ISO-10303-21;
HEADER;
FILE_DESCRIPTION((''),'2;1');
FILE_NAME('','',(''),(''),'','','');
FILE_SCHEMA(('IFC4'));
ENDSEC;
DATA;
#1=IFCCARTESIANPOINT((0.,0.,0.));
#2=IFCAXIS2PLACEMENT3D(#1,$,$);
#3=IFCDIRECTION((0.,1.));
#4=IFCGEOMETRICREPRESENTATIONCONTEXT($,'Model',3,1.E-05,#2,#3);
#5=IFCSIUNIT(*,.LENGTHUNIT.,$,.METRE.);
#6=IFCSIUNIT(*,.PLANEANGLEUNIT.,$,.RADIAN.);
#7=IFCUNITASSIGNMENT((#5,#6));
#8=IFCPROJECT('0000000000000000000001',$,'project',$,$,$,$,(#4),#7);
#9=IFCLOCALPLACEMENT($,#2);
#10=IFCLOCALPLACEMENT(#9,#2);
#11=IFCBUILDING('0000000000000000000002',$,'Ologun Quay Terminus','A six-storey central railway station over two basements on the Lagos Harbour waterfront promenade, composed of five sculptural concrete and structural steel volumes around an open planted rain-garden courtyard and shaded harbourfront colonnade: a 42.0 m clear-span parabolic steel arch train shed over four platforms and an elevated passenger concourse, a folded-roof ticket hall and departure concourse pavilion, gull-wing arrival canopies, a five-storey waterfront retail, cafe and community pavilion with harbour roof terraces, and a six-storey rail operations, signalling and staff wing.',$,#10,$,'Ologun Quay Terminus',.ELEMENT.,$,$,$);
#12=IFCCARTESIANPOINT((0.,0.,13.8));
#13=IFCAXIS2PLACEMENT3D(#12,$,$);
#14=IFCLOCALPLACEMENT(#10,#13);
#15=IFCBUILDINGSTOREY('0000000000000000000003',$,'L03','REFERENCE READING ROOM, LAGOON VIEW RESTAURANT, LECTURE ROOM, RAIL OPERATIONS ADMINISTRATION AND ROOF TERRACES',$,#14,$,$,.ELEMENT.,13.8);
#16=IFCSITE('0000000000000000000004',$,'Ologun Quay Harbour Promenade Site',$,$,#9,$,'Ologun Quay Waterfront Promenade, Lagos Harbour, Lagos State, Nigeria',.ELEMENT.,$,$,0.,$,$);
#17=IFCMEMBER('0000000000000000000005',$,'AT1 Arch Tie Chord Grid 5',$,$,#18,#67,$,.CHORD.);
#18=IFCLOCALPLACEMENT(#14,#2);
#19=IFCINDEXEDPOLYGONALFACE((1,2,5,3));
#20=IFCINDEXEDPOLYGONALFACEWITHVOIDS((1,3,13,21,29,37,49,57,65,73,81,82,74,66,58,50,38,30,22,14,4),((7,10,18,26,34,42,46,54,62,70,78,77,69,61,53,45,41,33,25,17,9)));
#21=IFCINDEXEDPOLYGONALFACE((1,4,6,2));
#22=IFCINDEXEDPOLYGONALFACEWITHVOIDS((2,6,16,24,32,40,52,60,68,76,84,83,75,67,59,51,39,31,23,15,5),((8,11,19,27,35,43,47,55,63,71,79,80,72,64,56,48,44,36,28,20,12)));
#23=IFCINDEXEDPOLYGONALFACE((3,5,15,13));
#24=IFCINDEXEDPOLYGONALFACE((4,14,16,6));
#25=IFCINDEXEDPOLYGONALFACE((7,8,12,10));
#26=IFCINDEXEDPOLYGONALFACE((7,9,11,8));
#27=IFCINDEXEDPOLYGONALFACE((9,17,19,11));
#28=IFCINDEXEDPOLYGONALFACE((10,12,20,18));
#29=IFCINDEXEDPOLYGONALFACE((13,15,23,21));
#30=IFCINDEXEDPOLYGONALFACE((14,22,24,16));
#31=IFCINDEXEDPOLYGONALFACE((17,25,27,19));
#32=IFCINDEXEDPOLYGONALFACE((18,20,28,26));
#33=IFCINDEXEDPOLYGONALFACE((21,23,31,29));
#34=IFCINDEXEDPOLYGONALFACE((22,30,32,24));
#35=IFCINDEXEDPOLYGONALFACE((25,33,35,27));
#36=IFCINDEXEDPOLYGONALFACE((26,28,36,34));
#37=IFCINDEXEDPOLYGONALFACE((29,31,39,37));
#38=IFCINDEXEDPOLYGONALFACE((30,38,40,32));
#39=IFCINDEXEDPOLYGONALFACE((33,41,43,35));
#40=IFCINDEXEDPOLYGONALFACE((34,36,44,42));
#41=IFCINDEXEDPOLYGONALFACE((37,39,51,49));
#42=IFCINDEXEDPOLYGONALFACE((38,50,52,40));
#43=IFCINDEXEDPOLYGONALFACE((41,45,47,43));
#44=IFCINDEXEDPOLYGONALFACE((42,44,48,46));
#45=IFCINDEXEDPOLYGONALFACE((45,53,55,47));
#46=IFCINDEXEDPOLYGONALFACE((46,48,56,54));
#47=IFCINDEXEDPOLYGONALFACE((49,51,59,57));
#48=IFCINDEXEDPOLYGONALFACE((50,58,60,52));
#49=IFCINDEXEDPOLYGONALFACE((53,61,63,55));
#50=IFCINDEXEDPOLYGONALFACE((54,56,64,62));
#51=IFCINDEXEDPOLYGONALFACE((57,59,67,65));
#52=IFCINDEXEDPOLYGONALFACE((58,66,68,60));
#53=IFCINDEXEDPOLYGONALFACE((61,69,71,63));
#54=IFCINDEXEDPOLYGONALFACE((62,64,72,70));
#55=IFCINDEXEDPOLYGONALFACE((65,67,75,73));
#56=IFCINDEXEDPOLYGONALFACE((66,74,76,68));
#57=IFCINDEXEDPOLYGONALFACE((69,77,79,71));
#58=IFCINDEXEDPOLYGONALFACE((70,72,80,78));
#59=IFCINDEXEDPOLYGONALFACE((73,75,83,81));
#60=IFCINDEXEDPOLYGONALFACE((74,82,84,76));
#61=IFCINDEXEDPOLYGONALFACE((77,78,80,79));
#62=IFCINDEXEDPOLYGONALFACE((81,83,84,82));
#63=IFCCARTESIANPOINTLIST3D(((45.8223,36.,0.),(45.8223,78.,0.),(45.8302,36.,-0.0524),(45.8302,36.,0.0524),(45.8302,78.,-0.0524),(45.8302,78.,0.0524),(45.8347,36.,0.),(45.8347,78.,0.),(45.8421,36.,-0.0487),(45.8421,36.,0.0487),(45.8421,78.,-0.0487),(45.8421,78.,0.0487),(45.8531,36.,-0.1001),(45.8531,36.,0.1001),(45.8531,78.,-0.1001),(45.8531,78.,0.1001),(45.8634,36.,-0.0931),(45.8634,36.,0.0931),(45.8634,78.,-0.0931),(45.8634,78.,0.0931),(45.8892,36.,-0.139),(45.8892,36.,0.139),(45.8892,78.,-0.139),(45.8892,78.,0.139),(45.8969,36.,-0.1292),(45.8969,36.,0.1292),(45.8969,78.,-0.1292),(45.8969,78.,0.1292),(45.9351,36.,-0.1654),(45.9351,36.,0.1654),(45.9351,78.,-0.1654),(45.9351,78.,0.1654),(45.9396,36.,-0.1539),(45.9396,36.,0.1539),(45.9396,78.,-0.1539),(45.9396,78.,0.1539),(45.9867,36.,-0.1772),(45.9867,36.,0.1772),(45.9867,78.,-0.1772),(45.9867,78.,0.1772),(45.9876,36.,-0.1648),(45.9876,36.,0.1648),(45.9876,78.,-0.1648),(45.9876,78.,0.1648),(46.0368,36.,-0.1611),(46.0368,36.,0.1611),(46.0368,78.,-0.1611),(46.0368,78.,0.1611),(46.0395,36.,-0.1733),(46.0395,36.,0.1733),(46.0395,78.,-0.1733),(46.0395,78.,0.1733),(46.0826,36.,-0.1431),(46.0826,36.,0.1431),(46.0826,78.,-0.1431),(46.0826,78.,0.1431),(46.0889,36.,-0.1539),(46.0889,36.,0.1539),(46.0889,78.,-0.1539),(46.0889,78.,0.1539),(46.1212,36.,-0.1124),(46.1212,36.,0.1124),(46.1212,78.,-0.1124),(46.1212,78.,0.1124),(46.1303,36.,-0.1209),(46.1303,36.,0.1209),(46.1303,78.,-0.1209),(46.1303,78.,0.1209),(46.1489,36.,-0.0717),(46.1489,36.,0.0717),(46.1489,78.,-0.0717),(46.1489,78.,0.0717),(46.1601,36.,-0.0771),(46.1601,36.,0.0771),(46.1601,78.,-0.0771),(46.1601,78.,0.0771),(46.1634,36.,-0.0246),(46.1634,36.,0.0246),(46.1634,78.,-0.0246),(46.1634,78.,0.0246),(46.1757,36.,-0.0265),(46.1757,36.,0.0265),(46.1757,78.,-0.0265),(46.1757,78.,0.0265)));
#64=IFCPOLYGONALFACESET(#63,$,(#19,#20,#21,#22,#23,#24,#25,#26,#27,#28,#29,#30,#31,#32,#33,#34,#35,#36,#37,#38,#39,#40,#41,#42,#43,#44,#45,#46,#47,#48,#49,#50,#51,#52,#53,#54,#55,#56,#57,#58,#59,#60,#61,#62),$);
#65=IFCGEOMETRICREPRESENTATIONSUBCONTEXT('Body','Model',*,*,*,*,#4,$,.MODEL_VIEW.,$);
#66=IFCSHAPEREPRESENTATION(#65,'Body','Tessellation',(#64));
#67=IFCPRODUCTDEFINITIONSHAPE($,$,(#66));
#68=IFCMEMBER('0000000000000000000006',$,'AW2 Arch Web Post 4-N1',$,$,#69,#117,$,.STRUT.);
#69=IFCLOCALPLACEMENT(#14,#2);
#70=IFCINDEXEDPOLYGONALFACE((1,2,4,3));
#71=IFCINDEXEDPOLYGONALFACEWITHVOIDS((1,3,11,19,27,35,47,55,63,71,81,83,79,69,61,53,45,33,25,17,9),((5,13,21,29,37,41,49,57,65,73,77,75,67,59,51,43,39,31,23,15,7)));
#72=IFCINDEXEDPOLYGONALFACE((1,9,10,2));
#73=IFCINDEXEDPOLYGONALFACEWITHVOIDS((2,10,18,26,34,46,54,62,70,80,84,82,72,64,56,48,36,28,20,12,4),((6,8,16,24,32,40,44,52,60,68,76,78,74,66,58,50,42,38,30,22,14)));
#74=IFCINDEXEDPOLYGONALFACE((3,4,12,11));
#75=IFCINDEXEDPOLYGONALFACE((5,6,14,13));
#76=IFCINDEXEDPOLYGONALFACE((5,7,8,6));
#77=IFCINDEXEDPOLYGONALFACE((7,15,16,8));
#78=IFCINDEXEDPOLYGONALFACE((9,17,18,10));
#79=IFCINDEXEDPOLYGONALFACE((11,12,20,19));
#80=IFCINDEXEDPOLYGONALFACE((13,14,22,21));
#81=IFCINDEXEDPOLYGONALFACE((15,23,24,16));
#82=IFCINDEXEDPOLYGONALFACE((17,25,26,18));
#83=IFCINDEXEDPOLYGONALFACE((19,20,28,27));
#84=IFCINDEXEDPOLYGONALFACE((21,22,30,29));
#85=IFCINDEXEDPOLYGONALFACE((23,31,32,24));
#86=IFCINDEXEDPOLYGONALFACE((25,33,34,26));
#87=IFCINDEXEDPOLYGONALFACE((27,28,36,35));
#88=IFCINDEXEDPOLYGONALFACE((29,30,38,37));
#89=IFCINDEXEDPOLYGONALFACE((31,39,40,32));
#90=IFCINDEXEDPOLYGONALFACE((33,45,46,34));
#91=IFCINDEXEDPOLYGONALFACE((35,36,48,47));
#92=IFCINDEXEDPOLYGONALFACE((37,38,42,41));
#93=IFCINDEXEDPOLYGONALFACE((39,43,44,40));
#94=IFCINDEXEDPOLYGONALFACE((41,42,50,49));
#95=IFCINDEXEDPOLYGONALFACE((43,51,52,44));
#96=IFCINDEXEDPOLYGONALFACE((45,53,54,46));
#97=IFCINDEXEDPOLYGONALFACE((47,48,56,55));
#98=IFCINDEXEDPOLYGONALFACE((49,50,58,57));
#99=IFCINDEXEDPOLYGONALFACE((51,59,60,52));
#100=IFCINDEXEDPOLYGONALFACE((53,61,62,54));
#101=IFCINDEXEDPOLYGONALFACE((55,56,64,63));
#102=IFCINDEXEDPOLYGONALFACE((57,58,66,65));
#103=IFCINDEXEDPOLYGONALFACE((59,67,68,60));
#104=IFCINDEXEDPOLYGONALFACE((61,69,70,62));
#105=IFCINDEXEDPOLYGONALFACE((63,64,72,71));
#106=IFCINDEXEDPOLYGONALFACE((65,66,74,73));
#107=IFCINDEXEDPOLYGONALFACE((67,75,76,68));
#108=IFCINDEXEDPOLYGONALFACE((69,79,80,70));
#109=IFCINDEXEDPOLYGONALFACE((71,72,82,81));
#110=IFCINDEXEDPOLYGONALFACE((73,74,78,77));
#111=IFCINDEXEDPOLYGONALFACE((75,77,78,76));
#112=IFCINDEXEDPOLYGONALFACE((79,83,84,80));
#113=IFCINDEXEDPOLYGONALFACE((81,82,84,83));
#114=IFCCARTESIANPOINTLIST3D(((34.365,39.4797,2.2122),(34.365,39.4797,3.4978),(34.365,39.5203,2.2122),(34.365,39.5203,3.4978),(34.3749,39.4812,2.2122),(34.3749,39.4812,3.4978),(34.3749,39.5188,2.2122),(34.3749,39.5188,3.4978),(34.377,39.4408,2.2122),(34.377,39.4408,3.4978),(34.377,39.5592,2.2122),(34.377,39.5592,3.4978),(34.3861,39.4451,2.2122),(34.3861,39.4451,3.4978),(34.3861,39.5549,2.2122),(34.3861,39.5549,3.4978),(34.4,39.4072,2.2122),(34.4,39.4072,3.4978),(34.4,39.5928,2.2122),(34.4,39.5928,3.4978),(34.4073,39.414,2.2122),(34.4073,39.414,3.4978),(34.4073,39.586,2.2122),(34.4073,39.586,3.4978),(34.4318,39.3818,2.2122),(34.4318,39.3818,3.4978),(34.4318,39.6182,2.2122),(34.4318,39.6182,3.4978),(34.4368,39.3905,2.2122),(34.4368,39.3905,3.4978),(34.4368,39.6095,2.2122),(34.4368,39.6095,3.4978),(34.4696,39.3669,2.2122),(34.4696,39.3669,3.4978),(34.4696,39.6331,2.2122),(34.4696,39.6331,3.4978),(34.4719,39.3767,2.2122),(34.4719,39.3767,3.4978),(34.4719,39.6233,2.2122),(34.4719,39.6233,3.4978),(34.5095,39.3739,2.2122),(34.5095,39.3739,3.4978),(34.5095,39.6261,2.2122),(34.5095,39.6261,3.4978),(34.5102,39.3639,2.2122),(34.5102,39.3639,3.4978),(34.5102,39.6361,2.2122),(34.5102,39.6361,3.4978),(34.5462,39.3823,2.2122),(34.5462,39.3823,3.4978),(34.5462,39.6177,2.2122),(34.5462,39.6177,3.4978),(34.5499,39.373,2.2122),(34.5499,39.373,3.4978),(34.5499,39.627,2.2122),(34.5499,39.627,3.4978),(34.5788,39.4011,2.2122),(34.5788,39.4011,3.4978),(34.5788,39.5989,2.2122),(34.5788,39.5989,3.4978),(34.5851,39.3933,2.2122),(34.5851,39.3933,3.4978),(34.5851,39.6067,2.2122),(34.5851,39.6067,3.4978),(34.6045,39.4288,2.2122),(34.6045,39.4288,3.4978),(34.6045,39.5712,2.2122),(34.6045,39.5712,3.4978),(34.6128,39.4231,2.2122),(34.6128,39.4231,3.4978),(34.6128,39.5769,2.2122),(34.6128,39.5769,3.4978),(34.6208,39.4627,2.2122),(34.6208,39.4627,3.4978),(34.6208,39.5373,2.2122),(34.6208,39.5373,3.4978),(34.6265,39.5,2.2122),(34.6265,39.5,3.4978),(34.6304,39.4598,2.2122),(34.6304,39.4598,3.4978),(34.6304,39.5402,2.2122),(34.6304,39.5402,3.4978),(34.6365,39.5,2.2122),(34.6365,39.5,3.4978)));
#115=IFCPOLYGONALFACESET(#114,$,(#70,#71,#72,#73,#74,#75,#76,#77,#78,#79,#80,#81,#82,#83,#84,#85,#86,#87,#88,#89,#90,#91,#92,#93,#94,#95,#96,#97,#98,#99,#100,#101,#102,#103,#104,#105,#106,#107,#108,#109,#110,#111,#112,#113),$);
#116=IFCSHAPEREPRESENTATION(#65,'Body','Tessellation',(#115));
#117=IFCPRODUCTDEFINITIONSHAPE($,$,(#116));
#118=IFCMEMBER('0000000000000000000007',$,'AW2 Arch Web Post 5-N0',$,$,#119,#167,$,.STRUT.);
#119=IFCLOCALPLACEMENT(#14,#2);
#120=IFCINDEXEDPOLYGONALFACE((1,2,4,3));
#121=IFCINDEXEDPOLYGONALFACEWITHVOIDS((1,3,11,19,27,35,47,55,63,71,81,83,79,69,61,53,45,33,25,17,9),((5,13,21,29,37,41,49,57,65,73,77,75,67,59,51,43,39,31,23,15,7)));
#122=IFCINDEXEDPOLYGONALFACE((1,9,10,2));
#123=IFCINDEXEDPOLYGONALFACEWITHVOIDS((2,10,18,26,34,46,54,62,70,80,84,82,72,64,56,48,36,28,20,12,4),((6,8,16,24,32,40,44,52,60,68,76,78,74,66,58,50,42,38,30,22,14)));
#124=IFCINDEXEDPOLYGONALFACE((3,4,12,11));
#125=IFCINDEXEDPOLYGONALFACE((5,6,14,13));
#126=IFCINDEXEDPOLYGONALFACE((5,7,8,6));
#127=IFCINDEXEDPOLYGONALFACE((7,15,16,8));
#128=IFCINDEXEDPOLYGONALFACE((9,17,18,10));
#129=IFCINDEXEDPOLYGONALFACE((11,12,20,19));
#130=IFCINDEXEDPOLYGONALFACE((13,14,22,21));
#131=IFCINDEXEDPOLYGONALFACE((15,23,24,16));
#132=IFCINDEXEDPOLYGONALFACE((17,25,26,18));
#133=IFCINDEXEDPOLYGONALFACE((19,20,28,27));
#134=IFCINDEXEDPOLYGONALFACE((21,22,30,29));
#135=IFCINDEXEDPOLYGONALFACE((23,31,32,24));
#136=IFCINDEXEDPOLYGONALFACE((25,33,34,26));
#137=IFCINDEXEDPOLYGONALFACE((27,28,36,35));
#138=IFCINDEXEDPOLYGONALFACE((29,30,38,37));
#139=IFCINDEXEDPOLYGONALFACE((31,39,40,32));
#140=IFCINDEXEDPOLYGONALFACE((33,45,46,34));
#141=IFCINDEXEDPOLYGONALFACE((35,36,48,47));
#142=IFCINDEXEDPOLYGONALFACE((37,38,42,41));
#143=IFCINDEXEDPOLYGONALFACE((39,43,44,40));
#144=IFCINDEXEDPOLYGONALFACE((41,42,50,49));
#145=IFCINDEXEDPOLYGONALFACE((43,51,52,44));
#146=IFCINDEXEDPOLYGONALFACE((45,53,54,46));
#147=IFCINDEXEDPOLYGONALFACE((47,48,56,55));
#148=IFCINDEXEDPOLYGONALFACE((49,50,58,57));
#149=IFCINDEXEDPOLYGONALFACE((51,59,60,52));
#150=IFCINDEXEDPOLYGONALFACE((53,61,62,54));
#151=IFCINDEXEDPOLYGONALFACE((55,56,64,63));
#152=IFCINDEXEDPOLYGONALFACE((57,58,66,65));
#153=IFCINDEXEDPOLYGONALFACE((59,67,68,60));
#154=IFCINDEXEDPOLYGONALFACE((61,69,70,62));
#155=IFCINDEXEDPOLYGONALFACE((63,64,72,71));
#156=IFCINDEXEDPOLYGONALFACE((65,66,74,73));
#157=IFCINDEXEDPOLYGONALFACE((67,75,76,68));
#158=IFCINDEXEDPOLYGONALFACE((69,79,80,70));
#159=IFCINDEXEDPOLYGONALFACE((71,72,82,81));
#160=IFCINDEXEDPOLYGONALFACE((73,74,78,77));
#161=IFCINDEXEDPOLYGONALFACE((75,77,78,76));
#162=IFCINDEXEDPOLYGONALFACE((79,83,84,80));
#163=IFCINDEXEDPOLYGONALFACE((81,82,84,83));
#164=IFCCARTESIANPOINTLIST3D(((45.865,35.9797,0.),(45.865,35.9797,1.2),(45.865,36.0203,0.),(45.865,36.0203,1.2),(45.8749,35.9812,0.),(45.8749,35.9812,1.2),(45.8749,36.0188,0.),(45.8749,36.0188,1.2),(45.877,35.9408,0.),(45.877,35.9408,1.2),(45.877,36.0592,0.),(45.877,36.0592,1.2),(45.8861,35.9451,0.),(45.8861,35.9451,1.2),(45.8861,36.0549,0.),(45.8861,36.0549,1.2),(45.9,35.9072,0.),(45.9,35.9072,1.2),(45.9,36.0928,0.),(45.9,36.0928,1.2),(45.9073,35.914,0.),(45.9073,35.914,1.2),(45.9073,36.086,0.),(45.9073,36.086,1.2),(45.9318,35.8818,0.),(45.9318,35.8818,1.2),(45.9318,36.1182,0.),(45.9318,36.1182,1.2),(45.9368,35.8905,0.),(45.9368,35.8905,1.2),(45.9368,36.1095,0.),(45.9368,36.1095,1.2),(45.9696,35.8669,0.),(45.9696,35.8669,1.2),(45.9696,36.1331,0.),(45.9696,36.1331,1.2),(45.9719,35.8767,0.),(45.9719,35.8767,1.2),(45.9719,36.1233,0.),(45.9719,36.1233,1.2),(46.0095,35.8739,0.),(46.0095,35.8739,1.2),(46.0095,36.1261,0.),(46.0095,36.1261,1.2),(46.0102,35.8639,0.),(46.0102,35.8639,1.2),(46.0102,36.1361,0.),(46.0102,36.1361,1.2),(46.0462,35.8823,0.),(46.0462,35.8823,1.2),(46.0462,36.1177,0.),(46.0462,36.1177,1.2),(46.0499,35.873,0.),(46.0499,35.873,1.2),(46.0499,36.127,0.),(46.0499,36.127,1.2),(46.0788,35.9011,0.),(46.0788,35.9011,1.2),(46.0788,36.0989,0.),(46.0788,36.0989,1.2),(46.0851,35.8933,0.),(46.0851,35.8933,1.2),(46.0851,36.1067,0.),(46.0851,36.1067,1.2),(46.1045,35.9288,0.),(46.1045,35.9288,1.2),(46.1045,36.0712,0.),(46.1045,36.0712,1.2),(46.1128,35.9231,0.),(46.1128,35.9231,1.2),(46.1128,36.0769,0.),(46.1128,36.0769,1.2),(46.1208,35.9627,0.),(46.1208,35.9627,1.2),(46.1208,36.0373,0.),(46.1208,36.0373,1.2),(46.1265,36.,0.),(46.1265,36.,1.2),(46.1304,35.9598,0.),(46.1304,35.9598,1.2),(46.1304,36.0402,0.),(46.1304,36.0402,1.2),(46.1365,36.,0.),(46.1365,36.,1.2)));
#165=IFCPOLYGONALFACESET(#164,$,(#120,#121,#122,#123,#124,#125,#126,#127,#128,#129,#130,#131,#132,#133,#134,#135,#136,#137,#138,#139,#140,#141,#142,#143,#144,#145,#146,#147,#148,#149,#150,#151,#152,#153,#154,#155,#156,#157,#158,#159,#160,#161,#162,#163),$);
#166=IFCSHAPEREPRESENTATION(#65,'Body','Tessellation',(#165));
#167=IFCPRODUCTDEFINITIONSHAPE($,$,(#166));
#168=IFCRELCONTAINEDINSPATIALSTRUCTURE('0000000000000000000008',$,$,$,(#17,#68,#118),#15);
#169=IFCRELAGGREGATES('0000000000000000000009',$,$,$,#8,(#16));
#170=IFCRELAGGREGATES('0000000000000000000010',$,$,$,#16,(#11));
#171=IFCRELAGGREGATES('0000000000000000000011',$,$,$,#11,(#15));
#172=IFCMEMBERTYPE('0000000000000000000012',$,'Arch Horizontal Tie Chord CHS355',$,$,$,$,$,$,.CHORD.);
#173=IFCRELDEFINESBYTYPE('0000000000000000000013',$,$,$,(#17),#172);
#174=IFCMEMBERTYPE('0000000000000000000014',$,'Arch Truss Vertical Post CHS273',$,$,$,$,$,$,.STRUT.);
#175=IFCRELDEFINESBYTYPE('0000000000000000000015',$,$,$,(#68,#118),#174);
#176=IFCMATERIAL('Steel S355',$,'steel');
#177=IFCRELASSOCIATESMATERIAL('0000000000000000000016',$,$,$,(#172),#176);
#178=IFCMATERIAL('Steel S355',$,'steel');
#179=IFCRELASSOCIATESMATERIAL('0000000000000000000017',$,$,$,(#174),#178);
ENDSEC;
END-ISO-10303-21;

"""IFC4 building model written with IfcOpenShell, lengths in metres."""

from ifc_helpers import new_model, si_unit, direction, frame, origin, origin_2d, place, context, subcontext, project, spatial, hollow_circle, extrude, material, material_profile, profile_set, type_object, element, save


model = new_model("IFC4")

# Units and contexts
model_context = context("Model", 3, precision=1e-05, world=origin(), true_north=direction((0.0, 1.0)))
body_context = subcontext(model_context, "Body", "Model", "MODEL_VIEW")
ifc_project = project(units=[si_unit("LENGTHUNIT", "METRE"), si_unit("PLANEANGLEUNIT", "RADIAN")], contexts=[model_context])

# Site, building, storey
site_placement = place(None, origin())
site = spatial("IfcSite", under=ifc_project, at=site_placement, Name="Ologun Quay Harbour Promenade Site", LongName="Ologun Quay Waterfront Promenade, Lagos Harbour, Lagos State, Nigeria", CompositionType="ELEMENT", RefElevation=0.0)
building_placement = place(site_placement, origin())
building = spatial("IfcBuilding", under=site, at=building_placement, Name="Ologun Quay Terminus", Description="A six-storey central railway station over two basements on the Lagos Harbour waterfront promenade, composed of five sculptural concrete and structural steel volumes around an open planted rain-garden courtyard and shaded harbourfront colonnade: a 42.0 m clear-span parabolic steel arch train shed over four platforms and an elevated passenger concourse, a folded-roof ticket hall and departure concourse pavilion, gull-wing arrival canopies, a five-storey waterfront retail, cafe and community pavilion with harbour roof terraces, and a six-storey rail operations, signalling and staff wing.", LongName="Ologun Quay Terminus", CompositionType="ELEMENT")
storey_placement = place(building_placement, frame((0.0, 0.0, 13.8)))
storey = spatial("IfcBuildingStorey", under=building, at=storey_placement, Name="L03", Description="REFERENCE READING ROOM, LAGOON VIEW RESTAURANT, LECTURE ROOM, RAIL OPERATIONS ADMINISTRATION AND ROOF TERRACES", CompositionType="ELEMENT", Elevation=13.8)

# Members
ifc_material_1 = material(Name="Steel S355", Category="steel")
ifc_material_profile_1 = material_profile(ifc_material_1, hollow_circle(Radius=0.1777, WallThickness=0.0125, at=origin_2d()), Name="CHS 355.6x12.5")
ifc_profile_set_1 = profile_set([ifc_material_profile_1], Name="Steel S355")
member_type_1 = type_object("IfcMemberType", Name="Arch Horizontal Tie Chord CHS355", PredefinedType="CHORD", material=ifc_profile_set_1)
member_1_placement = place(storey_placement, frame((46.0, 36.0, 0.0), z_axis=(0.0, 1.0, 0.0), x_axis=(-1.0, 0.0, 0.0)))
element("IfcMember", 1, at=member_1_placement, inside=storey, type_object=member_type_1, Name="AT1 Arch Tie Chord Grid 5", PredefinedType="CHORD", context=body_context, shape_type="SweptSolid", body=[
    extrude(hollow_circle(Radius=0.1777, WallThickness=0.0125, at=origin_2d()), origin(), (0.0, 0.0, 1.0), 42.0),
])
ifc_material_2 = material(Name="Steel S355", Category="steel")
ifc_material_profile_2 = material_profile(ifc_material_2, hollow_circle(Radius=0.1365, WallThickness=0.01, at=origin_2d()), Name="CHS 273x10")
ifc_profile_set_2 = profile_set([ifc_material_profile_2], Name="Steel S355")
member_type_2 = type_object("IfcMemberType", Name="Arch Truss Vertical Post CHS273", PredefinedType="STRUT", material=ifc_profile_set_2)
member_2_placement = place(storey_placement, frame((34.5, 39.5, 2.2122), z_axis=(0.0, 0.0, 1.0), x_axis=(1.0, 0.0, 0.0)))
element("IfcMember", 2, at=member_2_placement, inside=storey, type_object=member_type_2, Name="AW2 Arch Web Post 4-N1", PredefinedType="STRUT", context=body_context, shape_type="SweptSolid", body=[
    extrude(hollow_circle(Radius=0.1365, WallThickness=0.01, at=origin_2d()), origin(), (0.0, 0.0, 1.0), 1.2856),
])
member_3_placement = place(storey_placement, frame((46.0, 36.0, 0.0), z_axis=(0.0, 0.0, 1.0), x_axis=(1.0, 0.0, 0.0)))
element("IfcMember", 3, at=member_3_placement, inside=storey, type_object=member_type_2, Name="AW2 Arch Web Post 5-N0", PredefinedType="STRUT", context=body_context, shape_type="SweptSolid", body=[
    extrude(hollow_circle(Radius=0.1365, WallThickness=0.01, at=origin_2d()), origin(), (0.0, 0.0, 1.0), 1.2),
])

save(model, "model.ifc")
